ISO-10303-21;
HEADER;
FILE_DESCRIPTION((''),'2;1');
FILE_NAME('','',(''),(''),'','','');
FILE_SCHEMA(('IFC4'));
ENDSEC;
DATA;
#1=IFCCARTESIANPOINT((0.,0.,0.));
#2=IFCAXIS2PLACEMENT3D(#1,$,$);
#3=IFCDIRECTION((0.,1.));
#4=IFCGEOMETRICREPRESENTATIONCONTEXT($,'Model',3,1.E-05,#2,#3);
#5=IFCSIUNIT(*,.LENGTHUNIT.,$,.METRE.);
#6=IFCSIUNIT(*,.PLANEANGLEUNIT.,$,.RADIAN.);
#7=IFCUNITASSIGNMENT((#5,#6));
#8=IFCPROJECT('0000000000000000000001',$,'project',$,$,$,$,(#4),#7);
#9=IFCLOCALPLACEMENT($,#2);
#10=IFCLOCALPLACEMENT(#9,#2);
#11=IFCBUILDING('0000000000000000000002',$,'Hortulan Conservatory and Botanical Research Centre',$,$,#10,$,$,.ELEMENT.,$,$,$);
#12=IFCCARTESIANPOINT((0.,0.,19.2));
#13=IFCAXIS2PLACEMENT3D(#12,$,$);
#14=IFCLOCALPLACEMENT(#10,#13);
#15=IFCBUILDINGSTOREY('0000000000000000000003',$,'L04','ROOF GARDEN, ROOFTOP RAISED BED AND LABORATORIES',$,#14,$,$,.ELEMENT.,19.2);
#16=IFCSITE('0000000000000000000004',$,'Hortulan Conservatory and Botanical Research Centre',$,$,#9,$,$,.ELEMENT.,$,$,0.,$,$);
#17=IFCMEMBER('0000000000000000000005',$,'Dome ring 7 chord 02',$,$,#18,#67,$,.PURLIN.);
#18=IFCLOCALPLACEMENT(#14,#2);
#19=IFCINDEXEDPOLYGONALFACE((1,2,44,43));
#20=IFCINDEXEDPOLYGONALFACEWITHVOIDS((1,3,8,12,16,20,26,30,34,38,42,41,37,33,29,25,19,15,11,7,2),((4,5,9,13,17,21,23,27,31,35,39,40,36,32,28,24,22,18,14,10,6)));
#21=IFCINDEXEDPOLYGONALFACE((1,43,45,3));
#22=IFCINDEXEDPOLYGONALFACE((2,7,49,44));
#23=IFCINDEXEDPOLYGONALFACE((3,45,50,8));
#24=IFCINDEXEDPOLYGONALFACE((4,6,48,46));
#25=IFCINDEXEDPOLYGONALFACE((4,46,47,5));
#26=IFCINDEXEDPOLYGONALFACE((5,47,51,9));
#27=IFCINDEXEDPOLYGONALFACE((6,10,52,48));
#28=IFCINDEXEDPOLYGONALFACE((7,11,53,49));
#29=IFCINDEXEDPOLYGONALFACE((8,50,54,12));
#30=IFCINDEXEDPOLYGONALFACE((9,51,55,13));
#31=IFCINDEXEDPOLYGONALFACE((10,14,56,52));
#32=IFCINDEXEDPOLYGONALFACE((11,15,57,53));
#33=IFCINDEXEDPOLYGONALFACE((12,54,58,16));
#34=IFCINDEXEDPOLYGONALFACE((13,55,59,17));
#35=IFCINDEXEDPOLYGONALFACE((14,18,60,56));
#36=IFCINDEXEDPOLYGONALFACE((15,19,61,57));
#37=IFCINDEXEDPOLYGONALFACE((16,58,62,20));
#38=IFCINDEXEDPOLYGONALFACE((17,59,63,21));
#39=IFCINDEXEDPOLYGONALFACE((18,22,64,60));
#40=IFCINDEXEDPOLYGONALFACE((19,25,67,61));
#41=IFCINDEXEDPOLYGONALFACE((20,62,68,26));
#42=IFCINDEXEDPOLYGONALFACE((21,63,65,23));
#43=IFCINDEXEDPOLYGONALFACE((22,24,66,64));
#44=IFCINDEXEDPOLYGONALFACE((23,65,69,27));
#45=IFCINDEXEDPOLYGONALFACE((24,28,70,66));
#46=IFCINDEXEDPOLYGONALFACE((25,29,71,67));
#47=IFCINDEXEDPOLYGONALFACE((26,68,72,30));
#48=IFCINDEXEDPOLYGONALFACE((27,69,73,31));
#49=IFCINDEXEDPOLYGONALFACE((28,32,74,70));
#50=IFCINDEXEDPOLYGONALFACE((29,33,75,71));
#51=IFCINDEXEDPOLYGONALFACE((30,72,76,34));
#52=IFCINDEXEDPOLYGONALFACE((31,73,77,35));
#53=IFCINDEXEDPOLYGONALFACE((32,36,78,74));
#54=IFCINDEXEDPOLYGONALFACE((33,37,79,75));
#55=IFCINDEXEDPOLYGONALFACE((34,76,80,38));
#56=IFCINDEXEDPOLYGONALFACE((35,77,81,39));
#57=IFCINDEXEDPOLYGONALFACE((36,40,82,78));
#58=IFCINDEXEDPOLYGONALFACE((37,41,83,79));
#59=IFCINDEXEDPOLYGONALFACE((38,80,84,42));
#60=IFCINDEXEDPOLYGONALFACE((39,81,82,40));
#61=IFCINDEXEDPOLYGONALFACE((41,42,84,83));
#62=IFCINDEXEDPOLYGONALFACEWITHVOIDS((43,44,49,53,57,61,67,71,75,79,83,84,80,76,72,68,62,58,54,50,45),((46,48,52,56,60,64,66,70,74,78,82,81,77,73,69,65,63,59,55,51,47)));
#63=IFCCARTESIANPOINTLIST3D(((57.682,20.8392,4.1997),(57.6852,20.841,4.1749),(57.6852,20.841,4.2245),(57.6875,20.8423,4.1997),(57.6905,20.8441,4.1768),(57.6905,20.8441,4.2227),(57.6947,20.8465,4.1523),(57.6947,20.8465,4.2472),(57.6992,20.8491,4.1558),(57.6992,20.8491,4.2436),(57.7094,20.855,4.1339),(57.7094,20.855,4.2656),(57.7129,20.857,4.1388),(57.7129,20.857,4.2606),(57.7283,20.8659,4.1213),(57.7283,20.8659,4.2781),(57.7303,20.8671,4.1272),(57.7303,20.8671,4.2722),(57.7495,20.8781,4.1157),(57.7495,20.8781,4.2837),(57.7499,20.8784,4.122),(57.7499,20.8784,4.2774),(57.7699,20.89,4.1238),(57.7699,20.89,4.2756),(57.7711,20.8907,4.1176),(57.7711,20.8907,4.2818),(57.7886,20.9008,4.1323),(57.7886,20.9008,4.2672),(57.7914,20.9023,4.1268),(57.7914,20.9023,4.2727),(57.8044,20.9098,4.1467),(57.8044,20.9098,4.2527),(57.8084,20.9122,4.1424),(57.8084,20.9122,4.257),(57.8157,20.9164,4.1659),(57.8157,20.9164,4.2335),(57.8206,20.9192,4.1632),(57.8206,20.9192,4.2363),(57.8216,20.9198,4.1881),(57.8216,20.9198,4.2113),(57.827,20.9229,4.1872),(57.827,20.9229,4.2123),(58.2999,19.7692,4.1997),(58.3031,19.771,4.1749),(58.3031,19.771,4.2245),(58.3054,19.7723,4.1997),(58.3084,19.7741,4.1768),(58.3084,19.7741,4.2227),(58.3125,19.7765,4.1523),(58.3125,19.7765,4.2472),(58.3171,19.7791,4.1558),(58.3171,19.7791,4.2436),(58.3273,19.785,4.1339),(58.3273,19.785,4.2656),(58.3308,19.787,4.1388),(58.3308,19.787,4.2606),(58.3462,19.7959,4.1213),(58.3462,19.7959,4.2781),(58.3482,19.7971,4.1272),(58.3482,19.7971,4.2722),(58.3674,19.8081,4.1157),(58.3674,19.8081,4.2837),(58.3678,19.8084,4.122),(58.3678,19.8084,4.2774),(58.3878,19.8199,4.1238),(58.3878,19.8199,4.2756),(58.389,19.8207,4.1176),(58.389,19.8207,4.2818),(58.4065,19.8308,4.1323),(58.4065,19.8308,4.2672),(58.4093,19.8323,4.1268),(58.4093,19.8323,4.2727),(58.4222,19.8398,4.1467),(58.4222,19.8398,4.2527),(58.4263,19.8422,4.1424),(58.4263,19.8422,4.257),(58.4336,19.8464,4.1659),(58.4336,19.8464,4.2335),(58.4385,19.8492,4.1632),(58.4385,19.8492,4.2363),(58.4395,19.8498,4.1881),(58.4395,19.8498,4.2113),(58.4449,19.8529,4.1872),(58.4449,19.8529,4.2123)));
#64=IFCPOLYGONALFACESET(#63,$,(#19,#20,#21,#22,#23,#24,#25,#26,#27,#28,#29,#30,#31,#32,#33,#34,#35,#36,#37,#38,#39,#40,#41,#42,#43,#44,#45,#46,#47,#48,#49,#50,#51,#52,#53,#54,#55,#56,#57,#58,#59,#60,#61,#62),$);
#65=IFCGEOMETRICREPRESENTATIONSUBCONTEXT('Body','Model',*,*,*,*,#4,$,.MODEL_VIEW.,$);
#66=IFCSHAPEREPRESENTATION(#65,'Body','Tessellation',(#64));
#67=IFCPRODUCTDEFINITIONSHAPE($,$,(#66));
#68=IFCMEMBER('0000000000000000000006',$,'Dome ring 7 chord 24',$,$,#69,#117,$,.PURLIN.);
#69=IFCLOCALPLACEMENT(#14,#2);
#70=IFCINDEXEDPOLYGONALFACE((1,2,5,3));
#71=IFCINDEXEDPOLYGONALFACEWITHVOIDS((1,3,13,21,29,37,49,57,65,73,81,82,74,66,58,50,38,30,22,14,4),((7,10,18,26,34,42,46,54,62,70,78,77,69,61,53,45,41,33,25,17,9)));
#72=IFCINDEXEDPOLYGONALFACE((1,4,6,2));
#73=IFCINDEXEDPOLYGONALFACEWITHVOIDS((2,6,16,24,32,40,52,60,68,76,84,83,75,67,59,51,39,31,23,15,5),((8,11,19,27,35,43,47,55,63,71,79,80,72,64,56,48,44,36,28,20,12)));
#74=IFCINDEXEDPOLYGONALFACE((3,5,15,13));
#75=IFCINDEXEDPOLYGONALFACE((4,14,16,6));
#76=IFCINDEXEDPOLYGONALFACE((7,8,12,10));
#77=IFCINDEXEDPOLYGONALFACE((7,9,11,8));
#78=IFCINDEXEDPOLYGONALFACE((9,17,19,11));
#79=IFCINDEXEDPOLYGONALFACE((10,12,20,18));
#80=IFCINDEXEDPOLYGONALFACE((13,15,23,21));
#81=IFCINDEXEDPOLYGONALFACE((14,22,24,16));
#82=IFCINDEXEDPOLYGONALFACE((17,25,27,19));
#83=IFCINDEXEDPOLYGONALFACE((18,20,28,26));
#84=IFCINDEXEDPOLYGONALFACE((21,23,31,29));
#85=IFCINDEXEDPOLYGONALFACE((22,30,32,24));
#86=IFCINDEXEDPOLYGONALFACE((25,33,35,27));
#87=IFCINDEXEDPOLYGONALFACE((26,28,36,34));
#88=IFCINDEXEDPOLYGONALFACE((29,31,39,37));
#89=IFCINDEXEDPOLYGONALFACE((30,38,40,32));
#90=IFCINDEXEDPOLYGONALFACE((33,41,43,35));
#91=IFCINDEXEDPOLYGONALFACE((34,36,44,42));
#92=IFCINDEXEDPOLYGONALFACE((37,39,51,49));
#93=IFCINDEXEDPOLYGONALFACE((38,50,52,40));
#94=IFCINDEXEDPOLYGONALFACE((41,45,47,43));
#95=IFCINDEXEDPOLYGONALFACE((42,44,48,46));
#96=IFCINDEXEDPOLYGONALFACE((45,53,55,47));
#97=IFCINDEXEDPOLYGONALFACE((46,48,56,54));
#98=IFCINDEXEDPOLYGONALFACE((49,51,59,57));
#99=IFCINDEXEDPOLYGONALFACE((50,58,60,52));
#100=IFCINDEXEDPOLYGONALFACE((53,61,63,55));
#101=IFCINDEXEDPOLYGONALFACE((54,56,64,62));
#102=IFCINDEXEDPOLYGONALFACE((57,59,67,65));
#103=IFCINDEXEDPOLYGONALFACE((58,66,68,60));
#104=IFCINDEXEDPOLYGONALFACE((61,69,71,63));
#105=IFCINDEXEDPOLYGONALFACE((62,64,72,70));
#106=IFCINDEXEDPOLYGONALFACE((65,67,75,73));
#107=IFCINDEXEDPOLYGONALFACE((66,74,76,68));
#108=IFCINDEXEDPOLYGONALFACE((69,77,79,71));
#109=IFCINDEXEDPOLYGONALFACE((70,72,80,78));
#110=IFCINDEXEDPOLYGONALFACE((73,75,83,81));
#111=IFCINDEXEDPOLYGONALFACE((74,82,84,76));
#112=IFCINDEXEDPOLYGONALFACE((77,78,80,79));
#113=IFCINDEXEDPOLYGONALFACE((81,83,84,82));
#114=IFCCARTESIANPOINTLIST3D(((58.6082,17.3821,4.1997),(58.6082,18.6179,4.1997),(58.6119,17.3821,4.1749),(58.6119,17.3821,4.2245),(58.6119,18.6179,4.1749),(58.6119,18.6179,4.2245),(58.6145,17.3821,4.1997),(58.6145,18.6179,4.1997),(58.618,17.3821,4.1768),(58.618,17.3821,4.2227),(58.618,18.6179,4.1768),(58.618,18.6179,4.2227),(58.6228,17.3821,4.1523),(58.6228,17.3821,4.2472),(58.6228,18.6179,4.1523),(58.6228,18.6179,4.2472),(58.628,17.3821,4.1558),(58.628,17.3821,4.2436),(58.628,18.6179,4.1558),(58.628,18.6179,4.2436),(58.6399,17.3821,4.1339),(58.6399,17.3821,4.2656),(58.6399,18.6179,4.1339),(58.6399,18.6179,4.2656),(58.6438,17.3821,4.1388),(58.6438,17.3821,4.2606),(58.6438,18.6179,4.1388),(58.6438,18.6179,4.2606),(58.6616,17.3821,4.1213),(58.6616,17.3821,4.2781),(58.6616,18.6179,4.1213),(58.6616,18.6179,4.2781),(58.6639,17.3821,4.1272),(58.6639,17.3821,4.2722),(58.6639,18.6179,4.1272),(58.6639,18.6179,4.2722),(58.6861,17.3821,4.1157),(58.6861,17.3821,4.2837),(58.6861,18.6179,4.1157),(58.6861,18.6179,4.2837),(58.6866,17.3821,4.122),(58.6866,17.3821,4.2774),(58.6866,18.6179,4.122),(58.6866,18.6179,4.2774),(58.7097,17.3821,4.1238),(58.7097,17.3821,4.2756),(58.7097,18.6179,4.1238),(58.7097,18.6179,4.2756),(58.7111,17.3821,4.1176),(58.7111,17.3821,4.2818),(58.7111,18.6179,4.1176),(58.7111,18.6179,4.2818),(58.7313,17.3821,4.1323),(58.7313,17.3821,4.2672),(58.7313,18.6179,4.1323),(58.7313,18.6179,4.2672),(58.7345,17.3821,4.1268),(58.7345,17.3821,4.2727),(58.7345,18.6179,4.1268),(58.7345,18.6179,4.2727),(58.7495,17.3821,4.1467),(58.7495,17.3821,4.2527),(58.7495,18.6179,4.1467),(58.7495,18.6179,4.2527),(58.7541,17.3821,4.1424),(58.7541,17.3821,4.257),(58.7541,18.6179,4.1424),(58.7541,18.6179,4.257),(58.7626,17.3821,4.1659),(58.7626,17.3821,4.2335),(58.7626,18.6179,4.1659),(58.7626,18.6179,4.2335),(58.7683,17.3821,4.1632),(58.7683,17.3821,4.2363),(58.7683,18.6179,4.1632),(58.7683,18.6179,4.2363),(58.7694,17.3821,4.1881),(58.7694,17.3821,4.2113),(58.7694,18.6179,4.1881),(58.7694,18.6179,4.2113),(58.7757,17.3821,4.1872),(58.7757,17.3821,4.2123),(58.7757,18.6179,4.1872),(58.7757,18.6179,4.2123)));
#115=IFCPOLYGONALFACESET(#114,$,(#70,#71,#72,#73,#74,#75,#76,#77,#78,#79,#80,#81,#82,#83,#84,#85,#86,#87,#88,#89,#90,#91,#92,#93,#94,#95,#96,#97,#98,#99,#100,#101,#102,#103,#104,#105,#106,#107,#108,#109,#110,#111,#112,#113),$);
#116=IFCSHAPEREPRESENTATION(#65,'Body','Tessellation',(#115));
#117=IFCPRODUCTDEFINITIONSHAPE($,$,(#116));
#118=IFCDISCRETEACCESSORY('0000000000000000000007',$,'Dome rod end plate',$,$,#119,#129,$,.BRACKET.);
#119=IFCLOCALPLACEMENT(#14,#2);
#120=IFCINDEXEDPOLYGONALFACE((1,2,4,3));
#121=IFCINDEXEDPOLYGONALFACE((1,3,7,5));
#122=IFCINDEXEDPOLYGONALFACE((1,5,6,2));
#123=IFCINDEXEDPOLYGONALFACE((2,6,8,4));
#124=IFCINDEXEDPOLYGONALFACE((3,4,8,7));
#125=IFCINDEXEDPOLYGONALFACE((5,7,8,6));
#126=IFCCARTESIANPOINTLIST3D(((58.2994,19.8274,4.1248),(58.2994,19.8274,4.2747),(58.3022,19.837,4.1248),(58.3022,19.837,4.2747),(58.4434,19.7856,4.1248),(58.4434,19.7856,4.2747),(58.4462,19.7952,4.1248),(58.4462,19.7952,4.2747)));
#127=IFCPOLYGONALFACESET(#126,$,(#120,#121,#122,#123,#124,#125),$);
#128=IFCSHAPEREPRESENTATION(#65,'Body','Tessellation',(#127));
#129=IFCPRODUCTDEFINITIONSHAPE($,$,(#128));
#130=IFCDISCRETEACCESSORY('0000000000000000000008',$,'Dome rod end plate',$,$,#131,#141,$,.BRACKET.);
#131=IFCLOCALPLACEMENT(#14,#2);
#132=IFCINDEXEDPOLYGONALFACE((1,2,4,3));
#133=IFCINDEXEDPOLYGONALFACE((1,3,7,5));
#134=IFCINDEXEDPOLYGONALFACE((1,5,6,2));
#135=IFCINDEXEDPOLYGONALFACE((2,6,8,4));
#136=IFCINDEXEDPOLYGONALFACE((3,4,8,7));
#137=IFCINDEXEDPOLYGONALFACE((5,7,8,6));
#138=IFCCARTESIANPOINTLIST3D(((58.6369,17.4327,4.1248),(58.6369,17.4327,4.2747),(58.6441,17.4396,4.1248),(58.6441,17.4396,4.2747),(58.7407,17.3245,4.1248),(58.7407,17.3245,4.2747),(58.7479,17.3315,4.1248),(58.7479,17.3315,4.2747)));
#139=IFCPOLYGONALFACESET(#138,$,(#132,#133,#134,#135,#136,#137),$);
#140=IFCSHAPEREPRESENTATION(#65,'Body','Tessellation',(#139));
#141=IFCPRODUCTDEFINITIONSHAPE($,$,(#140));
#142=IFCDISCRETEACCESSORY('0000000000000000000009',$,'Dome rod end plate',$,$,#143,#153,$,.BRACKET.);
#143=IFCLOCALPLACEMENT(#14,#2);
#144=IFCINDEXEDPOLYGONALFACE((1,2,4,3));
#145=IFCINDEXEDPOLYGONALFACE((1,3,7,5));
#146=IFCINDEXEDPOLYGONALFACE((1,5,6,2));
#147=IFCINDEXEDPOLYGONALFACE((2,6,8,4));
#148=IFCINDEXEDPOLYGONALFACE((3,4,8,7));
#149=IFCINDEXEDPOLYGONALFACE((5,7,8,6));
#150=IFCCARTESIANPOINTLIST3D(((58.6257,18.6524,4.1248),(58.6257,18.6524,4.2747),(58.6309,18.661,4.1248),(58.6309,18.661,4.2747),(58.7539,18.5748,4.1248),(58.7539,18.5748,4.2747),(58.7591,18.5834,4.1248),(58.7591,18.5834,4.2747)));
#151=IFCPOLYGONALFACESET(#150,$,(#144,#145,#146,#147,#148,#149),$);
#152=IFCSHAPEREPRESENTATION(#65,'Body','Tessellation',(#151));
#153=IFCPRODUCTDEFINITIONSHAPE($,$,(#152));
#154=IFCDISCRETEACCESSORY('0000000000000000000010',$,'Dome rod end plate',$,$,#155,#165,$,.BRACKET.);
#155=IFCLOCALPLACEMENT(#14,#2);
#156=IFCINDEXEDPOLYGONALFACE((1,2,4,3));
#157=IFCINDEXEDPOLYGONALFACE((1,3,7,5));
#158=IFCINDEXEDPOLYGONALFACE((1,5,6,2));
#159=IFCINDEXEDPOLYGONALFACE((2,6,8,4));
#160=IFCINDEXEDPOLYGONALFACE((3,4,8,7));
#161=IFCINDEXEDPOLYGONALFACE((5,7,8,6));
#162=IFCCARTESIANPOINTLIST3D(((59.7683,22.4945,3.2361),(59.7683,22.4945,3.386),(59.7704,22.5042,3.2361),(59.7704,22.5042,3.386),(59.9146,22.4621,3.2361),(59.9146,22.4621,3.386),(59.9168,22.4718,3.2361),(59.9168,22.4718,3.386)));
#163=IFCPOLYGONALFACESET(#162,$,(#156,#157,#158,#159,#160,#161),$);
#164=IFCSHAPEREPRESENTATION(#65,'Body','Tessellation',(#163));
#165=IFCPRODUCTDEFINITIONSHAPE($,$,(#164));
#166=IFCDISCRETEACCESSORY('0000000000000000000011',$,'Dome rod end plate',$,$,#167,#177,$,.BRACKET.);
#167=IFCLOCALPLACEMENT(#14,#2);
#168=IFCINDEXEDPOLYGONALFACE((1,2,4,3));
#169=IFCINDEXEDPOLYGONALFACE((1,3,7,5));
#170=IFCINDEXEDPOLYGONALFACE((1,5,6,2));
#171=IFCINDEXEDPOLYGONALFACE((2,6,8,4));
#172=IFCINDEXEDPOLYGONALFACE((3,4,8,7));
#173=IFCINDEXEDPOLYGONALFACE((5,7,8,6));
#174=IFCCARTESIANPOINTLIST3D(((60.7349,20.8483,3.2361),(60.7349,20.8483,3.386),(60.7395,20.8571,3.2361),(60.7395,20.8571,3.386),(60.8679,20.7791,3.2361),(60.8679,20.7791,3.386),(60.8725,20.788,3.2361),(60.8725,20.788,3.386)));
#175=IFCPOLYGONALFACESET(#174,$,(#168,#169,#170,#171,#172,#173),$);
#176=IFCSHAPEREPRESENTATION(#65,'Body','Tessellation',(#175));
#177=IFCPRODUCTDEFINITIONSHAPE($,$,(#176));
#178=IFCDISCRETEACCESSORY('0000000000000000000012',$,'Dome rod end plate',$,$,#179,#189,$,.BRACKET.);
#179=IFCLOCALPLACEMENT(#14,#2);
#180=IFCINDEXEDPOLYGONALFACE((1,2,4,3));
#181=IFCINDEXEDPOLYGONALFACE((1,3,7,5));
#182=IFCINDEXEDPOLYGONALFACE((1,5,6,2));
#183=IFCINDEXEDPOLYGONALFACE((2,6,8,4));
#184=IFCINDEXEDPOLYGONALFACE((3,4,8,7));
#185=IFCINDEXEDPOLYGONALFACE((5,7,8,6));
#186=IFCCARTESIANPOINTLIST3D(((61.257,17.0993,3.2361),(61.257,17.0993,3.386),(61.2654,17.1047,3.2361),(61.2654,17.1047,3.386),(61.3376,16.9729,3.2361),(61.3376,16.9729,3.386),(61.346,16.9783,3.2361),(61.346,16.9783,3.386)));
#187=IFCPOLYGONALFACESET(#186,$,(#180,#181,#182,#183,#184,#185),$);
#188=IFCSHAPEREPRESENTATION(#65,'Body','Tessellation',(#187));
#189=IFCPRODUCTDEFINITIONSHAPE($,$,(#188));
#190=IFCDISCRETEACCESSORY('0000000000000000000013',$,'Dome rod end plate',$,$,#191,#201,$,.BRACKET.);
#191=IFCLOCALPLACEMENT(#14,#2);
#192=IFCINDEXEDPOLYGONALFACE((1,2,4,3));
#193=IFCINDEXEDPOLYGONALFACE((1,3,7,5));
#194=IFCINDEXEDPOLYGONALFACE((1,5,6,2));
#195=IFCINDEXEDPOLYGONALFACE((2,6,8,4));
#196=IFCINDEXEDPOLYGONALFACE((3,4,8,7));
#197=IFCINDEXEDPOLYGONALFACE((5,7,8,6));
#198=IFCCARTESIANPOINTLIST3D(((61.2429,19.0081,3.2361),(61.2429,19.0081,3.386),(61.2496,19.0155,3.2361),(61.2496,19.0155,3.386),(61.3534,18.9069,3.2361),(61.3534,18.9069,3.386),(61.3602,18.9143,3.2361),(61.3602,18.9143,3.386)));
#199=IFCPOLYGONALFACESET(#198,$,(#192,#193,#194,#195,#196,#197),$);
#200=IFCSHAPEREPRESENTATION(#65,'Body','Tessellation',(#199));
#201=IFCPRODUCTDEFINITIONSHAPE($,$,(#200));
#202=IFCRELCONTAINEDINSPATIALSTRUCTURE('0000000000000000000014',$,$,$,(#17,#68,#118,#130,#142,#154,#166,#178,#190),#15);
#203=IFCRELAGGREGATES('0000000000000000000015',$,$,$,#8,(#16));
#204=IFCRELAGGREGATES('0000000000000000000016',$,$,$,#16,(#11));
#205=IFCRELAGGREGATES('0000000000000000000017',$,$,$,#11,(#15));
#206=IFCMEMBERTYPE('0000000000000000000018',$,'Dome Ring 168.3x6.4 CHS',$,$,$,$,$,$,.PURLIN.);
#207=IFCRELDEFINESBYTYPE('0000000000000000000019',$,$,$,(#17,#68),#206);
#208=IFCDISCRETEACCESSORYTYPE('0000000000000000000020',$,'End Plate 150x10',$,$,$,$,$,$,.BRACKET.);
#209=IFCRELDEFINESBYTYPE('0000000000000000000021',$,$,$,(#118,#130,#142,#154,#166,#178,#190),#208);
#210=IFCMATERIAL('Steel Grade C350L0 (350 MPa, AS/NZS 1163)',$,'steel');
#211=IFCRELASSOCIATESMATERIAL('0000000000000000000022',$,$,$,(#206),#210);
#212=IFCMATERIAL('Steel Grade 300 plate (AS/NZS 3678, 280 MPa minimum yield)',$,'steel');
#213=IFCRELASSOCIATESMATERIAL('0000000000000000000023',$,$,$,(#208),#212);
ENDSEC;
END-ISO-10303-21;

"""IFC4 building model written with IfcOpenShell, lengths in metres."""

from ifc_helpers import new_model, si_unit, direction, frame, origin, origin_2d, place, context, subcontext, project, spatial, rectangle, hollow_circle, extrude, material, material_profile, profile_set, type_object, element, save


model = new_model("IFC4")

# Units and contexts
model_context = context("Model", 3, precision=1e-05, world=origin(), true_north=direction((0.0, 1.0)))
body_context = subcontext(model_context, "Body", "Model", "MODEL_VIEW")
ifc_project = project(units=[si_unit("LENGTHUNIT", "METRE"), si_unit("PLANEANGLEUNIT", "RADIAN")], contexts=[model_context])

# Site, building, storey
site_placement = place(None, origin())
site = spatial("IfcSite", under=ifc_project, at=site_placement, Name="Hortulan Conservatory and Botanical Research Centre", CompositionType="ELEMENT", RefElevation=0.0)
building_placement = place(site_placement, origin())
building = spatial("IfcBuilding", under=site, at=building_placement, Name="Hortulan Conservatory and Botanical Research Centre", CompositionType="ELEMENT")
storey_placement = place(building_placement, frame((0.0, 0.0, 19.2)))
storey = spatial("IfcBuildingStorey", under=building, at=storey_placement, Name="L04", Description="ROOF GARDEN, ROOFTOP RAISED BED AND LABORATORIES", CompositionType="ELEMENT", Elevation=19.2)

# Shared definitions
ifc_material_1 = material(Name="Steel Grade C350L0 (350 MPa, AS/NZS 1163)", Category="steel")

# Members
ifc_material_profile_1 = material_profile(ifc_material_1, hollow_circle(Radius=0.0842, WallThickness=0.0063, at=origin_2d()), Name="168.3x6.4CHS")
ifc_profile_set_1 = profile_set([ifc_material_profile_1], Name="Steel Grade C350L0 (350 MPa, AS/NZS 1163)")
member_type_1 = type_object("IfcMemberType", Name="Dome Ring 168.3x6.4 CHS", PredefinedType="PURLIN", material=ifc_profile_set_1)
member_1_placement = place(storey_placement, frame((58.3728, 19.8113, 4.1997), z_axis=(-0.50007, 0.865985, 0.0), x_axis=(-0.865985, -0.50007, 0.0)))
element("IfcMember", 1, at=member_1_placement, inside=storey, type_object=member_type_1, Name="Dome ring 7 chord 02", PredefinedType="PURLIN", context=body_context, shape_type="SweptSolid", body=[
    extrude(hollow_circle(Radius=0.0842, WallThickness=0.0063, at=origin_2d()), origin(), (0.0, 0.0, 1.0), 1.2356),
])
member_2_placement = place(storey_placement, frame((58.6924, 17.3821, 4.1997), z_axis=(0.0, 1.0, 0.0), x_axis=(-1.0, 0.0, 0.0)))
element("IfcMember", 2, at=member_2_placement, inside=storey, type_object=member_type_1, Name="Dome ring 7 chord 24", PredefinedType="PURLIN", context=body_context, shape_type="SweptSolid", body=[
    extrude(hollow_circle(Radius=0.0842, WallThickness=0.0063, at=origin_2d()), origin(), (0.0, 0.0, 1.0), 1.2358),
])

# Discrete accessories
ifc_material_2 = material(Name="Steel Grade 300 plate (AS/NZS 3678, 280 MPa minimum yield)", Category="steel")
discrete_accessory_type = type_object("IfcDiscreteAccessoryType", Name="End Plate 150x10", PredefinedType="BRACKET", material=ifc_material_2)
for number, where, z_axis, x_axis, name in (
    (3, (58.3728, 19.8113, 4.1248), (0.0, 0.0, 1.0), (0.960372, -0.278723, 0.0), "Dome rod end plate"),
    (4, (58.6924, 17.3821, 4.1248), (0.0, 0.0, 1.0), (0.692345, -0.721567, 0.0), "Dome rod end plate"),
    (5, (58.6924, 18.6179, 4.1248), (0.0, 0.0, 1.0), (0.855509, -0.517788, 0.0), "Dome rod end plate"),
    (6, (59.8425, 22.4832, 3.2361), (0.0, 0.0, 1.0), (0.976379, -0.216065, 0.0), "Dome rod end plate"),
    (7, (60.8037, 20.8181, 3.2361), (0.0, 0.0, 1.0), (0.887188, -0.461408, 0.0), "Dome rod end plate"),
    (8, (61.3015, 17.0388, 3.2361), (0.0, 0.0, 1.0), (0.537594, -0.843204, 0.0), "Dome rod end plate"),
    (9, (61.3015, 18.9612, 3.2361), (0.0, 0.0, 1.0), (0.737537, -0.675307, 0.0), "Dome rod end plate"),
):
    element("IfcDiscreteAccessory", number, at=place(storey_placement, frame(where, z_axis=z_axis, x_axis=x_axis)), inside=storey, type_object=discrete_accessory_type, Name=name, PredefinedType="BRACKET", context=body_context, shape_type="SweptSolid", body=[
        extrude(rectangle(XDim=0.1499, YDim=0.01, at=origin_2d()), origin(), (0.0, 0.0, 1.0), 0.1499),
    ])

save(model, "model.ifc")
